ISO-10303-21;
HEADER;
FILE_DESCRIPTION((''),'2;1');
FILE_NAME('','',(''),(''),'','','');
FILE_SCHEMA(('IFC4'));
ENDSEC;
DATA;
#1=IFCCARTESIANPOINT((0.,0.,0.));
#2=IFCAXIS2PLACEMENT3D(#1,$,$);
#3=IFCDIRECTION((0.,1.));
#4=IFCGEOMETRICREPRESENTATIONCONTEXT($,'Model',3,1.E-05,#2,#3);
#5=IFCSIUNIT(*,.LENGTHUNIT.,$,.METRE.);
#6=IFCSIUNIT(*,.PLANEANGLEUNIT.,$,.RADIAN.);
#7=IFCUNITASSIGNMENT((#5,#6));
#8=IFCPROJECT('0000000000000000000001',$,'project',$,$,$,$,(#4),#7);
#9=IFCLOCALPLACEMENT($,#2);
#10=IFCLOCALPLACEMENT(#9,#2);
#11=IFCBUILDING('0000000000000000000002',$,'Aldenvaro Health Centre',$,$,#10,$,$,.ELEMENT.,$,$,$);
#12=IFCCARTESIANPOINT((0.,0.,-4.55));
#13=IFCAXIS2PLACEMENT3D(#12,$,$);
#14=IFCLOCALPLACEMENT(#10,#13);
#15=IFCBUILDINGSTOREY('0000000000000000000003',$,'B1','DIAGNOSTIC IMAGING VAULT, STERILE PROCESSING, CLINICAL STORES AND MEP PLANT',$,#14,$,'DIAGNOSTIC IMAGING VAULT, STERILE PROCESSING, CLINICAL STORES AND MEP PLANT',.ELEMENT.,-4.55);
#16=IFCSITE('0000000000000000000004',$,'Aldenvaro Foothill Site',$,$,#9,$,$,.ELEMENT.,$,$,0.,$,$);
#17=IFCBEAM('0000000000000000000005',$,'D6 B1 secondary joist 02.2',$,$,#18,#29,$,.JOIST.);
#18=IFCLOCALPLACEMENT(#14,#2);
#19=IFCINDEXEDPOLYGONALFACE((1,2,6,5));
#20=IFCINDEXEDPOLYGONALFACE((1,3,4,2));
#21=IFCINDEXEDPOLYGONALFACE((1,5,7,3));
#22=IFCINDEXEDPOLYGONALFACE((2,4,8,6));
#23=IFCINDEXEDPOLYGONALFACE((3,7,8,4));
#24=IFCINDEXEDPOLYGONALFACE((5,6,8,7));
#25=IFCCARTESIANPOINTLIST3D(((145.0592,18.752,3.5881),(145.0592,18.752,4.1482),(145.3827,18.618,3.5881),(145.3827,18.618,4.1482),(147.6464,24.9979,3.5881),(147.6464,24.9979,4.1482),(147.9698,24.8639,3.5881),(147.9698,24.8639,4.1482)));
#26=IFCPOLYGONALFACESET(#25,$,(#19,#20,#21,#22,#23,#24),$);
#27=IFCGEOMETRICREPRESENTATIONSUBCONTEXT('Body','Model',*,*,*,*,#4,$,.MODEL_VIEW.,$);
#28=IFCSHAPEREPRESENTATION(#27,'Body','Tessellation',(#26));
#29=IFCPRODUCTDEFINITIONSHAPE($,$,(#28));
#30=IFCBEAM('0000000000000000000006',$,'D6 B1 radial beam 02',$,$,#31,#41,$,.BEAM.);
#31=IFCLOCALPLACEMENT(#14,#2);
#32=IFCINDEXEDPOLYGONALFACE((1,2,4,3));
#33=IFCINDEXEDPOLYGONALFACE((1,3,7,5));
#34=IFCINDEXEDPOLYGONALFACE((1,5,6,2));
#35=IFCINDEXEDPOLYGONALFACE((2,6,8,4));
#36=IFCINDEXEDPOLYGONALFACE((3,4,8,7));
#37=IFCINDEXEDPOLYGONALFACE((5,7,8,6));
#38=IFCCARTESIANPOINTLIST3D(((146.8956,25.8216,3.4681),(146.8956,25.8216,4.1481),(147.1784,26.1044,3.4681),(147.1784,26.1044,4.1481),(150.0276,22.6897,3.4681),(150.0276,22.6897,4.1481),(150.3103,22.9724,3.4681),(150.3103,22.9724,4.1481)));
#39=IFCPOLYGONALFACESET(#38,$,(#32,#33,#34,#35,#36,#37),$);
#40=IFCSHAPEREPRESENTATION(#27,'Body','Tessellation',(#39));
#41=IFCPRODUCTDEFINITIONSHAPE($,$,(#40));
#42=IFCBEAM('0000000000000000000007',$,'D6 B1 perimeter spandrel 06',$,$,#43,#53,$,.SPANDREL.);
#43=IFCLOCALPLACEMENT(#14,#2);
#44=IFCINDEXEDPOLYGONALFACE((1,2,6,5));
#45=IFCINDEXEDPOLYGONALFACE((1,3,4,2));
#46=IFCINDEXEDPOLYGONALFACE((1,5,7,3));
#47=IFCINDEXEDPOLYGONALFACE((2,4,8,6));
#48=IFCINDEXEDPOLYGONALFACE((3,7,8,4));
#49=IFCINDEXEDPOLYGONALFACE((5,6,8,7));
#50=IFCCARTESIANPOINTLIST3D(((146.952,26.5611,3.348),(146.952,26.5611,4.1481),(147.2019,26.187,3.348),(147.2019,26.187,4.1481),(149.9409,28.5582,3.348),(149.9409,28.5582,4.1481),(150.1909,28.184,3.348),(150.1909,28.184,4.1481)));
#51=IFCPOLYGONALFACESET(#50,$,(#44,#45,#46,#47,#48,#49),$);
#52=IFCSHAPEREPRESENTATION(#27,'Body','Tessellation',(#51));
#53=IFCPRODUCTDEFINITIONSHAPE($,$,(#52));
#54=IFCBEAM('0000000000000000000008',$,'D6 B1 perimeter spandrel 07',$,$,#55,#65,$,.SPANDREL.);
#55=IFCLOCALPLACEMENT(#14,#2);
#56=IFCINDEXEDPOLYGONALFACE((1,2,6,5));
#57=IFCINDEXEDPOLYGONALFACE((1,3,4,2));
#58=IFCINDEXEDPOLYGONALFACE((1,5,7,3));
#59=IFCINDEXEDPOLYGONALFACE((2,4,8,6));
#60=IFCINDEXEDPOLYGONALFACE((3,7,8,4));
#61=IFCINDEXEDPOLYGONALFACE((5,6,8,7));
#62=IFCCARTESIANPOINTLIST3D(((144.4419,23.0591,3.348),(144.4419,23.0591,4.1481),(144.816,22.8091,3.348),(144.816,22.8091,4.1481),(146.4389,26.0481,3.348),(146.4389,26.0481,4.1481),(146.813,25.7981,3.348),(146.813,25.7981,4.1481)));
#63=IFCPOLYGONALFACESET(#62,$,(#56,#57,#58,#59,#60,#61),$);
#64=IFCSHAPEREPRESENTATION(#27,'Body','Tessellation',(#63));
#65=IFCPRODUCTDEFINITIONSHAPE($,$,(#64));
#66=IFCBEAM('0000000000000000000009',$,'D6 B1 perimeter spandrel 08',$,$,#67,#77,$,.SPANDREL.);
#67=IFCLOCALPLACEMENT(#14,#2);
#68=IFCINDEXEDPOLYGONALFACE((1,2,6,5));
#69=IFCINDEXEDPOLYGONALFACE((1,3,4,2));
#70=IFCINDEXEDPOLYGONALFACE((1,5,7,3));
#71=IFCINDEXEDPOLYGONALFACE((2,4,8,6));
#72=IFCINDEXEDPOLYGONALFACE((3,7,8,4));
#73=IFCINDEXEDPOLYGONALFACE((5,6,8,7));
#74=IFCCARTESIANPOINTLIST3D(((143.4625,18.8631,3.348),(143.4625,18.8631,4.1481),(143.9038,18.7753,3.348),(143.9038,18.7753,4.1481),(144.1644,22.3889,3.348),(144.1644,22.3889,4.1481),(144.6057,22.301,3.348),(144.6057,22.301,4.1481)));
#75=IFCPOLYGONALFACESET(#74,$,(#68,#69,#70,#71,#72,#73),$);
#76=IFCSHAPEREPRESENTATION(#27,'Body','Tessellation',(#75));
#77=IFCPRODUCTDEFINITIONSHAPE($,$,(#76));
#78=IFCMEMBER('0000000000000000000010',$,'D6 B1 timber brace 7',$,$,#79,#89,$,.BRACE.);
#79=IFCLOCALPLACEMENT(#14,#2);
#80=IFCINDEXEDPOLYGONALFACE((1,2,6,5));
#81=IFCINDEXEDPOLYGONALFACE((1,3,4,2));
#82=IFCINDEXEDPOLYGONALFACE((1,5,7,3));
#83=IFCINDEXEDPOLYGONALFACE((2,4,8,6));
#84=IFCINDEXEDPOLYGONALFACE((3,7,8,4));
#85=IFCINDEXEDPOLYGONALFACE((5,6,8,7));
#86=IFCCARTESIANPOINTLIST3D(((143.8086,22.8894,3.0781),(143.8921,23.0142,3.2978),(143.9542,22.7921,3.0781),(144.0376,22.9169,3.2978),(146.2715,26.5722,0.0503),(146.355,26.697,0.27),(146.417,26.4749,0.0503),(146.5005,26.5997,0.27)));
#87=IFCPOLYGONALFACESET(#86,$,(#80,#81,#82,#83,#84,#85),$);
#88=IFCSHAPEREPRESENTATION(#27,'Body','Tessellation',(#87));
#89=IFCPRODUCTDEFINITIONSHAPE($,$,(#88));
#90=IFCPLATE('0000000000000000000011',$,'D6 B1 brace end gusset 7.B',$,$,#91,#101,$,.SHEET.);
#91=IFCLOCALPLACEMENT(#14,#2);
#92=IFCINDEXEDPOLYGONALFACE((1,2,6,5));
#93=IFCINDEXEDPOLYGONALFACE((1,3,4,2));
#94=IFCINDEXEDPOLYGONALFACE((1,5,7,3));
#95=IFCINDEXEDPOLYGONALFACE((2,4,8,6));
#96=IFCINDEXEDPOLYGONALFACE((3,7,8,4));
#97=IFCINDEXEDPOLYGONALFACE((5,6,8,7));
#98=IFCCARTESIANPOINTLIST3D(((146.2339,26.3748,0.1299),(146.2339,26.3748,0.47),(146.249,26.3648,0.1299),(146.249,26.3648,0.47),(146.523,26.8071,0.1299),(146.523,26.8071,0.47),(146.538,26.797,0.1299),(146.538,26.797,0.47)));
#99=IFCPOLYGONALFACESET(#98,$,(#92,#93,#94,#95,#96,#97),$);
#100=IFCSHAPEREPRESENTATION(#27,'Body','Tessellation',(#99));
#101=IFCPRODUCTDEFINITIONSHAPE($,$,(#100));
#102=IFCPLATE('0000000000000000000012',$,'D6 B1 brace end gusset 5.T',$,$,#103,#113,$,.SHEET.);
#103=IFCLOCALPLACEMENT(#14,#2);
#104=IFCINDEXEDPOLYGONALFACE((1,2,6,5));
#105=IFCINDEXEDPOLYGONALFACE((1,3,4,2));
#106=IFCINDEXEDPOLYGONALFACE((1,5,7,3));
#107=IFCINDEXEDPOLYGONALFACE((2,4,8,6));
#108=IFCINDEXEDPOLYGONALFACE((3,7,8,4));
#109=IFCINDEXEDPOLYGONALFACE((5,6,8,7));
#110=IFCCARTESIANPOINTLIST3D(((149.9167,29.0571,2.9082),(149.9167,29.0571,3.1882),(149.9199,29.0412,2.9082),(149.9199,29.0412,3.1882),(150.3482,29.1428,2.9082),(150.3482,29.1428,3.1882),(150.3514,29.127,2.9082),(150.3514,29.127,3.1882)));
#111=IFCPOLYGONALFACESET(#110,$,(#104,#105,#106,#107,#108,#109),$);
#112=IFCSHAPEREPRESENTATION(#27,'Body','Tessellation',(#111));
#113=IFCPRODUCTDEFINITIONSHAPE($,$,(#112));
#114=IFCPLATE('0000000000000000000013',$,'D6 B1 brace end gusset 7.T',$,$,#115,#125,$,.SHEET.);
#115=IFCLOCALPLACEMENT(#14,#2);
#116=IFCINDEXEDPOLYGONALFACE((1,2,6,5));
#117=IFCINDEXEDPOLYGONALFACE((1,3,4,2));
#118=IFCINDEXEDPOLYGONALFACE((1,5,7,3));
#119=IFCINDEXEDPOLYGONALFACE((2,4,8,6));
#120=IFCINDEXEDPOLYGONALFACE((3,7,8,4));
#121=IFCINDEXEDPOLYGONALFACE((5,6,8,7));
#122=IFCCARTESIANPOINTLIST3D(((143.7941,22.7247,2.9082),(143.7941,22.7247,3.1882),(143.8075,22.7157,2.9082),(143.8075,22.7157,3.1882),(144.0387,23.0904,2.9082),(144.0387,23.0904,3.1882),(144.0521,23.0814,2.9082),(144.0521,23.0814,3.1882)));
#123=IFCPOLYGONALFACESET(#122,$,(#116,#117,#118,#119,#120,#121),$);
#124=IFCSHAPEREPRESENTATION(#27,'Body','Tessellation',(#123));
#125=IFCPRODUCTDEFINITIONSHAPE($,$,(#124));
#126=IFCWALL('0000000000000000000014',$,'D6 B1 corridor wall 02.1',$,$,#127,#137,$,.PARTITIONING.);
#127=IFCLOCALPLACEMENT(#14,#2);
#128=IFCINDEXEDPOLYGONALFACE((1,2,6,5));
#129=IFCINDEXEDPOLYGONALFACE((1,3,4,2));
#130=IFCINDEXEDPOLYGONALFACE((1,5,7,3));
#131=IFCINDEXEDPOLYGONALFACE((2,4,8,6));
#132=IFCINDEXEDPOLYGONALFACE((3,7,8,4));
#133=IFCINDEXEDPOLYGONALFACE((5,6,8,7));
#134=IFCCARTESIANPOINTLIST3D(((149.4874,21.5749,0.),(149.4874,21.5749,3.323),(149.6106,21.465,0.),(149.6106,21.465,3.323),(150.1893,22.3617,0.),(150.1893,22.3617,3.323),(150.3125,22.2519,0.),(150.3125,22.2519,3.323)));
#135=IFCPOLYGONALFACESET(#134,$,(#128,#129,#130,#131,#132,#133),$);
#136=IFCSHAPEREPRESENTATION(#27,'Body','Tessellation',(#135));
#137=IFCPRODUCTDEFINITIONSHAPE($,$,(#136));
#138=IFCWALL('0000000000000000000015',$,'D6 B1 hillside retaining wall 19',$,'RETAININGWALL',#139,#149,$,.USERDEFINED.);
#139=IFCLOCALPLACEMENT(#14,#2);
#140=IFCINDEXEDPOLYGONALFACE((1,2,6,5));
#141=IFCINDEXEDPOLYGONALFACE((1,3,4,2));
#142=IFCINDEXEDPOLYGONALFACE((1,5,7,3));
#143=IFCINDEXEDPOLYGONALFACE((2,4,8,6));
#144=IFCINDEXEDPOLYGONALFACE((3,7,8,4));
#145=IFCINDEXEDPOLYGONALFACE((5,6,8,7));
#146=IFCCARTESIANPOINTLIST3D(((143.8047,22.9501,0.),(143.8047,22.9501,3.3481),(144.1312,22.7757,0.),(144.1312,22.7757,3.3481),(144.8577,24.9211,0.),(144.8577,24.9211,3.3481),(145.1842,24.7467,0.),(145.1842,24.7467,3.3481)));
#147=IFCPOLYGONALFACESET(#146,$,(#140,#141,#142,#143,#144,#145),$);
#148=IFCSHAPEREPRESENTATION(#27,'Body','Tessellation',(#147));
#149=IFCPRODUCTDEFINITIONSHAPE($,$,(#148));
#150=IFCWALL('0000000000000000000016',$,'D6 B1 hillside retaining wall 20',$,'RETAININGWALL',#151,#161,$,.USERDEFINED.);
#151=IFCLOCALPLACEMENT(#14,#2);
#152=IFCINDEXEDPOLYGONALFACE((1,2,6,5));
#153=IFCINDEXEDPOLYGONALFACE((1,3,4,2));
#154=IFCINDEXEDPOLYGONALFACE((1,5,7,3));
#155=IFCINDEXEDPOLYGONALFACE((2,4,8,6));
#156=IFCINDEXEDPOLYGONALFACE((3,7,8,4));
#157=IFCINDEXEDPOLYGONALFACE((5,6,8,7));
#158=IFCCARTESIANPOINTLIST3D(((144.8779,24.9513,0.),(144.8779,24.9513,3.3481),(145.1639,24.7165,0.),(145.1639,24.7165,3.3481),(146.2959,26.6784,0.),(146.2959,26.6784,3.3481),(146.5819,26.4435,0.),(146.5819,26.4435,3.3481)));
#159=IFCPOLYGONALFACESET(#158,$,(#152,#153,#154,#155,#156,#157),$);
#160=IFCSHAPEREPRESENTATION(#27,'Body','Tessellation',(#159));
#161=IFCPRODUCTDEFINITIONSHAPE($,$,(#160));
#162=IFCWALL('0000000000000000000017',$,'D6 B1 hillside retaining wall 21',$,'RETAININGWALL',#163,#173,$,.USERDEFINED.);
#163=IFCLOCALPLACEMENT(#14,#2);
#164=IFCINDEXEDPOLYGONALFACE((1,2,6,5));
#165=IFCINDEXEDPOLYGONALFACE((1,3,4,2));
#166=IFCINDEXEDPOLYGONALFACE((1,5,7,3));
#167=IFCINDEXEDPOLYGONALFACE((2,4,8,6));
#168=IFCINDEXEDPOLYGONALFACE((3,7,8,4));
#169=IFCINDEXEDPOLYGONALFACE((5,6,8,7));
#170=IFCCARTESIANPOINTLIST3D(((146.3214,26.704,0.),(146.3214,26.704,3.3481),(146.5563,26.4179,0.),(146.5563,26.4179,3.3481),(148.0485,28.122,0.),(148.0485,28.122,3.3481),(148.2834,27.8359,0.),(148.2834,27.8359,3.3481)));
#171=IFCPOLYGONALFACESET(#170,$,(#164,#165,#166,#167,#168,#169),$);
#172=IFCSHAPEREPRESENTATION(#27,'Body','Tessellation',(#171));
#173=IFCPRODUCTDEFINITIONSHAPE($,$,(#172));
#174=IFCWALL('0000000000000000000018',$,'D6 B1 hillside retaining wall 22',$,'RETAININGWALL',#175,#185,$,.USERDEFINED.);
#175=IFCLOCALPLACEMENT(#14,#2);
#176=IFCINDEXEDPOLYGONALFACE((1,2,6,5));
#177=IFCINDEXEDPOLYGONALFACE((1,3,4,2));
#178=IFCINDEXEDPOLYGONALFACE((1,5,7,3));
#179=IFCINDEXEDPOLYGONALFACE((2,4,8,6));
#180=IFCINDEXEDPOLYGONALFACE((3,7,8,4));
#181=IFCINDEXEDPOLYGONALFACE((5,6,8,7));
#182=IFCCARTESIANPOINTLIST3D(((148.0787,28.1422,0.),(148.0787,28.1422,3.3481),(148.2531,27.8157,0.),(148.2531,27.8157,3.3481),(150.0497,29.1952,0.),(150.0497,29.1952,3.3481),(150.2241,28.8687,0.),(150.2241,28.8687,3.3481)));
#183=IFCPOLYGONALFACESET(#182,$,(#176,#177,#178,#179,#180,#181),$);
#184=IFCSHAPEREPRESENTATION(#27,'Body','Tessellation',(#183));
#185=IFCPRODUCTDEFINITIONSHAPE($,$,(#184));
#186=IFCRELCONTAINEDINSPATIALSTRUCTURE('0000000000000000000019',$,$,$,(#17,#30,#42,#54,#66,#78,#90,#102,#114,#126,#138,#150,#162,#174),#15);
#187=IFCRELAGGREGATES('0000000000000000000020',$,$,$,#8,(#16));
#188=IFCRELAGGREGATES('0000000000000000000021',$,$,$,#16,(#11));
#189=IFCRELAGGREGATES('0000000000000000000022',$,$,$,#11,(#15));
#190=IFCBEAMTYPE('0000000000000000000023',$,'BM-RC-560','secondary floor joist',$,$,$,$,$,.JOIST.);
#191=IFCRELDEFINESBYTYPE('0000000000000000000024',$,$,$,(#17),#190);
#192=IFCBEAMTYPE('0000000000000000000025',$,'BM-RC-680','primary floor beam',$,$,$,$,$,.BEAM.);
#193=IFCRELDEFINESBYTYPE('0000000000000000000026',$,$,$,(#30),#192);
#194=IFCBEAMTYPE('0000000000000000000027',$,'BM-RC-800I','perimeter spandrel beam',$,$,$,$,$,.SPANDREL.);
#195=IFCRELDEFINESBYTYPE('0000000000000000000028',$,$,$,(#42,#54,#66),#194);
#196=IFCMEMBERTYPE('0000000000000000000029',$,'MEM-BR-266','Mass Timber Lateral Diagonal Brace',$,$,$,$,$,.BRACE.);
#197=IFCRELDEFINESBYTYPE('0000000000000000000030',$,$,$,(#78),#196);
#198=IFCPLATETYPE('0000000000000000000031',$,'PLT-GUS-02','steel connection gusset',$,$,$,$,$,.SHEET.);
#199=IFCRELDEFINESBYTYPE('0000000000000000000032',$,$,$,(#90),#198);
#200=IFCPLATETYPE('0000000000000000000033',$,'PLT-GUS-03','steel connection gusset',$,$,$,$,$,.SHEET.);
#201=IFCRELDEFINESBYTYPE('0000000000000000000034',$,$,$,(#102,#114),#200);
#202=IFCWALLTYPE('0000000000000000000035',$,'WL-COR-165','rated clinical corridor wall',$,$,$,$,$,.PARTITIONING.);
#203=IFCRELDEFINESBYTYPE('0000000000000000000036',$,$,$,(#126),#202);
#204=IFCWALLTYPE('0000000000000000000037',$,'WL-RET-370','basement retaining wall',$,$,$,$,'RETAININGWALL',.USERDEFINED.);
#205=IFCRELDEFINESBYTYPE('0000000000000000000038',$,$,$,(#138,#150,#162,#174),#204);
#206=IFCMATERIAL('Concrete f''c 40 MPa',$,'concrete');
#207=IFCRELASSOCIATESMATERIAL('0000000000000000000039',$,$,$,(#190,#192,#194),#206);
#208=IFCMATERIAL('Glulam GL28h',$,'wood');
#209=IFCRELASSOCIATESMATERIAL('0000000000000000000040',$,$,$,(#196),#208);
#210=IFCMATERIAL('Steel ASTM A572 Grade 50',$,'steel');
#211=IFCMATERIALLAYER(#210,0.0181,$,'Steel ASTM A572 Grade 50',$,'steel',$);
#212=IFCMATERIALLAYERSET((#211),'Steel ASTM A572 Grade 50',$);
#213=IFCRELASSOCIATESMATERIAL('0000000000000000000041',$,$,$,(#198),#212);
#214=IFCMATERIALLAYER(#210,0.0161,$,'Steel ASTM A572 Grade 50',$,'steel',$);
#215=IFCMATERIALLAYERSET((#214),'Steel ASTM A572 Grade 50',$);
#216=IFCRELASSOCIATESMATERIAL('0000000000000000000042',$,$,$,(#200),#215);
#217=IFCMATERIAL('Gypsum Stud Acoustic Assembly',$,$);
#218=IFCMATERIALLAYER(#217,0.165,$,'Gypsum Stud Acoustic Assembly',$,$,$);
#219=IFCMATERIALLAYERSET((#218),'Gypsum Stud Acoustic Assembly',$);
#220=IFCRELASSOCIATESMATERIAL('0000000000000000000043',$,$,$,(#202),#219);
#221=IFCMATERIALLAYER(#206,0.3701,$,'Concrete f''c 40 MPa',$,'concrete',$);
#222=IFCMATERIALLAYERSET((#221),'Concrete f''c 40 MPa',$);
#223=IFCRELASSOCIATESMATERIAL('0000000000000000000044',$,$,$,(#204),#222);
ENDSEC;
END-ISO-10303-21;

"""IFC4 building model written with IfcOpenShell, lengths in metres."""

from ifc_helpers import new_model, si_unit, direction, frame, frame_2d, origin, origin_2d, place, context, subcontext, project, spatial, rectangle, extrude, material, layer, layer_set, material_profile, profile_set, type_object, element, save


model = new_model("IFC4")

# Units and contexts
model_context = context("Model", 3, precision=1e-05, world=origin(), true_north=direction((0.0, 1.0)))
body_context = subcontext(model_context, "Body", "Model", "MODEL_VIEW")
ifc_project = project(units=[si_unit("LENGTHUNIT", "METRE"), si_unit("PLANEANGLEUNIT", "RADIAN")], contexts=[model_context])

# Site, building, storey
site_placement = place(None, origin())
site = spatial("IfcSite", under=ifc_project, at=site_placement, Name="Aldenvaro Foothill Site", CompositionType="ELEMENT", RefElevation=0.0)
building_placement = place(site_placement, origin())
building = spatial("IfcBuilding", under=site, at=building_placement, Name="Aldenvaro Health Centre", CompositionType="ELEMENT")
storey_placement = place(building_placement, frame((0.0, 0.0, -4.55)))
storey = spatial("IfcBuildingStorey", under=building, at=storey_placement, Name="B1", Description="DIAGNOSTIC IMAGING VAULT, STERILE PROCESSING, CLINICAL STORES AND MEP PLANT", LongName="DIAGNOSTIC IMAGING VAULT, STERILE PROCESSING, CLINICAL STORES AND MEP PLANT", CompositionType="ELEMENT", Elevation=-4.55)

# Shared definitions
ifc_material_1 = material(Name="Concrete f'c 40 MPa", Category="concrete")

# Beams
ifc_material_profile_1 = material_profile(ifc_material_1, rectangle(XDim=0.3501, YDim=0.5601, at=origin_2d()), Name="RC 350x560", Category="concrete")
ifc_profile_set_1 = profile_set([ifc_material_profile_1], Name="Concrete f'c 40 MPa")
beam_type_1 = type_object("IfcBeamType", Name="BM-RC-560", Description="secondary floor joist", PredefinedType="JOIST", material=ifc_profile_set_1)
beam_1_placement = place(storey_placement, frame((147.8081, 24.9309, 3.8682), z_axis=(-0.382689, -0.923877, 0.0), x_axis=(0.923877, -0.382689, 0.0)))
element("IfcBeam", 1, at=beam_1_placement, inside=storey, type_object=beam_type_1, Name="D6 B1 secondary joist 02.2", PredefinedType="JOIST", context=body_context, shape_type="SweptSolid", body=[
    extrude(rectangle(XDim=0.3501, YDim=0.5601, at=origin_2d()), origin(), (0.0, 0.0, 1.0), 6.7605),
])
ifc_material_profile_2 = material_profile(ifc_material_1, rectangle(XDim=0.3999, YDim=0.6799, at=origin_2d()), Name="RC 400x680", Category="concrete")
ifc_profile_set_2 = profile_set([ifc_material_profile_2], Name="Concrete f'c 40 MPa")
beam_type_2 = type_object("IfcBeamType", Name="BM-RC-680", Description="primary floor beam", PredefinedType="BEAM", material=ifc_profile_set_2)
beam_2_placement = place(storey_placement, frame((150.1689, 22.8311, 3.8081), z_axis=(-0.707107, 0.707107, 0.0), x_axis=(-0.707107, -0.707107, 0.0)))
element("IfcBeam", 2, at=beam_2_placement, inside=storey, type_object=beam_type_2, Name="D6 B1 radial beam 02", PredefinedType="BEAM", context=body_context, shape_type="SweptSolid", body=[
    extrude(rectangle(XDim=0.3999, YDim=0.6799, at=origin_2d()), origin(), (0.0, 0.0, 1.0), 4.4292),
])
ifc_material_profile_3 = material_profile(ifc_material_1, rectangle(XDim=0.45, YDim=0.8, at=origin_2d()), Name="RC 450x800", Category="concrete")
ifc_profile_set_3 = profile_set([ifc_material_profile_3], Name="Concrete f'c 40 MPa")
beam_type_3 = type_object("IfcBeamType", Name="BM-RC-800I", Description="perimeter spandrel beam", PredefinedType="SPANDREL", material=ifc_profile_set_3)
for number, where, z_axis, x_axis, name in (
    (3, (150.0659, 28.3711, 3.748), (-0.831486, -0.555546, 0.0), (0.555546, -0.831486, 0.0), "D6 B1 perimeter spandrel 06"),
    (4, (146.626, 25.9231, 3.748), (-0.555546, -0.831486, 0.0), (0.831486, -0.555546, 0.0), "D6 B1 perimeter spandrel 07"),
):
    element("IfcBeam", number, at=place(storey_placement, frame(where, z_axis=z_axis, x_axis=x_axis)), inside=storey, type_object=beam_type_3, Name=name, PredefinedType="SPANDREL", context=body_context, shape_type="SweptSolid", body=[
        extrude(rectangle(XDim=0.45, YDim=0.8, at=origin_2d()), origin(), (0.0, 0.0, 1.0), 3.5947),
    ])
beam_3_placement = place(storey_placement, frame((144.385, 22.345, 3.748), z_axis=(-0.195241, -0.980755, 0.0), x_axis=(0.980755, -0.195241, 0.0)))
element("IfcBeam", 5, at=beam_3_placement, inside=storey, type_object=beam_type_3, Name="D6 B1 perimeter spandrel 08", PredefinedType="SPANDREL", context=body_context, shape_type="SweptSolid", body=[
    extrude(rectangle(XDim=0.45, YDim=0.8, at=origin_2d()), origin(), (0.0, 0.0, 1.0), 3.595),
])

# Member
ifc_material_2 = material(Name="Glulam GL28h", Category="wood")
ifc_material_profile_4 = material_profile(ifc_material_2, rectangle(XDim=0.175, YDim=0.2661, at=origin_2d()), Name="GL 175x266", Category="wood")
ifc_profile_set_4 = profile_set([ifc_material_profile_4], Name="Glulam GL28h")
member_type = type_object("IfcMemberType", Name="MEM-BR-266", Description="Mass Timber Lateral Diagonal Brace", PredefinedType="BRACE", material=ifc_profile_set_4)
member_placement = place(storey_placement, frame((146.386, 26.5859, 0.1602), z_axis=(-0.458956, -0.686296, 0.564232), x_axis=(0.831253, -0.555895, 0.0)))
element("IfcMember", 6, at=member_placement, inside=storey, type_object=member_type, Name="D6 B1 timber brace 7", PredefinedType="BRACE", context=body_context, shape_type="SweptSolid", body=[
    extrude(rectangle(XDim=0.175, YDim=0.2661, at=origin_2d()), origin(), (0.0, 0.0, 1.0), 5.3662),
])

# Plates
ifc_material_3 = material(Name="Steel ASTM A572 Grade 50", Category="steel")
ifc_layer_1 = layer(ifc_material_3, 0.0181, Name="Steel ASTM A572 Grade 50", Category="steel")
ifc_layer_set_1 = layer_set([ifc_layer_1], Name="Steel ASTM A572 Grade 50")
plate_type_1 = type_object("IfcPlateType", Name="PLT-GUS-02", Description="steel connection gusset", PredefinedType="SHEET", material=ifc_layer_set_1)
plate_placement = place(storey_placement, frame((146.386, 26.5859, 0.1299), z_axis=(0.0, 0.0, 1.0), x_axis=(-0.555904, -0.831247, 0.0)))
element("IfcPlate", 7, at=plate_placement, inside=storey, type_object=plate_type_1, Name="D6 B1 brace end gusset 7.B", PredefinedType="SHEET", context=body_context, shape_type="SweptSolid", body=[
    extrude(rectangle(XDim=0.52, YDim=0.0181, at=origin_2d()), origin(), (0.0, 0.0, 1.0), 0.3401),
])
ifc_layer_2 = layer(ifc_material_3, 0.0161, Name="Steel ASTM A572 Grade 50", Category="steel")
ifc_layer_set_2 = layer_set([ifc_layer_2], Name="Steel ASTM A572 Grade 50")
plate_type_2 = type_object("IfcPlateType", Name="PLT-GUS-03", Description="steel connection gusset", PredefinedType="SHEET", material=ifc_layer_set_2)
for number, where, z_axis, x_axis, name in (
    (8, (150.134, 29.092, 2.9082), (0.0, 0.0, 1.0), (-0.980806, -0.194988, 0.0), "D6 B1 brace end gusset 5.T"),
    (9, (143.9231, 22.9031, 2.9082), (0.0, 0.0, 1.0), (-0.555904, -0.831247, 0.0), "D6 B1 brace end gusset 7.T"),
):
    element("IfcPlate", number, at=place(storey_placement, frame(where, z_axis=z_axis, x_axis=x_axis)), inside=storey, type_object=plate_type_2, Name=name, PredefinedType="SHEET", context=body_context, shape_type="SweptSolid", body=[
        extrude(rectangle(XDim=0.4399, YDim=0.0161, at=origin_2d()), origin(), (0.0, 0.0, 1.0), 0.28),
    ])

# Walls
ifc_material_4 = material(Name="Gypsum Stud Acoustic Assembly")
ifc_layer_3 = layer(ifc_material_4, 0.165, Name="Gypsum Stud Acoustic Assembly")
ifc_layer_set_3 = layer_set([ifc_layer_3], Name="Gypsum Stud Acoustic Assembly")
wall_type_1 = type_object("IfcWallType", Name="WL-COR-165", Description="rated clinical corridor wall", PredefinedType="PARTITIONING", material=ifc_layer_set_3)
wall_1_placement = place(storey_placement, frame((150.251, 22.3069, 0.0), z_axis=(0.0, 0.0, 1.0), x_axis=(-0.665671, -0.746246, 0.0)))
element("IfcWall", 10, at=wall_1_placement, inside=storey, type_object=wall_type_1, Name="D6 B1 corridor wall 02.1", PredefinedType="PARTITIONING", context=body_context, shape_type="SweptSolid", body=[
    extrude(rectangle(XDim=1.0544, YDim=0.165, at=frame_2d((0.5273, 0.0))), origin(), (0.0, 0.0, 1.0), 3.323),
])
ifc_layer_4 = layer(ifc_material_1, 0.3701, Name="Concrete f'c 40 MPa", Category="concrete")
ifc_layer_set_4 = layer_set([ifc_layer_4], Name="Concrete f'c 40 MPa")
wall_type_2 = type_object("IfcWallType", Name="WL-RET-370", Description="basement retaining wall", ElementType="RETAININGWALL", PredefinedType="USERDEFINED", material=ifc_layer_set_4)
for number, where, z_axis, x_axis, name in (
    (11, (143.968, 22.863, 0.0), (0.0, 0.0, 1.0), (0.471218, 0.882017, 0.0), "D6 B1 hillside retaining wall 19"),
    (12, (145.021, 24.834, 0.0), (0.0, 0.0, 1.0), (0.634558, 0.772876, 0.0), "D6 B1 hillside retaining wall 20"),
    (13, (146.439, 26.561, 0.0), (0.0, 0.0, 1.0), (0.772876, 0.634558, 0.0), "D6 B1 hillside retaining wall 21"),
    (14, (148.166, 27.979, 0.0), (0.0, 0.0, 1.0), (0.882017, 0.471218, 0.0), "D6 B1 hillside retaining wall 22"),
):
    element("IfcWall", number, at=place(storey_placement, frame(where, z_axis=z_axis, x_axis=x_axis)), inside=storey, type_object=wall_type_2, Name=name, ObjectType="RETAININGWALL", PredefinedType="USERDEFINED", context=body_context, shape_type="SweptSolid", body=[
        extrude(rectangle(XDim=2.2346, YDim=0.3701, at=frame_2d((1.1172, 0.0))), origin(), (0.0, 0.0, 1.0), 3.3481),
    ])

save(model, "model.ifc")
